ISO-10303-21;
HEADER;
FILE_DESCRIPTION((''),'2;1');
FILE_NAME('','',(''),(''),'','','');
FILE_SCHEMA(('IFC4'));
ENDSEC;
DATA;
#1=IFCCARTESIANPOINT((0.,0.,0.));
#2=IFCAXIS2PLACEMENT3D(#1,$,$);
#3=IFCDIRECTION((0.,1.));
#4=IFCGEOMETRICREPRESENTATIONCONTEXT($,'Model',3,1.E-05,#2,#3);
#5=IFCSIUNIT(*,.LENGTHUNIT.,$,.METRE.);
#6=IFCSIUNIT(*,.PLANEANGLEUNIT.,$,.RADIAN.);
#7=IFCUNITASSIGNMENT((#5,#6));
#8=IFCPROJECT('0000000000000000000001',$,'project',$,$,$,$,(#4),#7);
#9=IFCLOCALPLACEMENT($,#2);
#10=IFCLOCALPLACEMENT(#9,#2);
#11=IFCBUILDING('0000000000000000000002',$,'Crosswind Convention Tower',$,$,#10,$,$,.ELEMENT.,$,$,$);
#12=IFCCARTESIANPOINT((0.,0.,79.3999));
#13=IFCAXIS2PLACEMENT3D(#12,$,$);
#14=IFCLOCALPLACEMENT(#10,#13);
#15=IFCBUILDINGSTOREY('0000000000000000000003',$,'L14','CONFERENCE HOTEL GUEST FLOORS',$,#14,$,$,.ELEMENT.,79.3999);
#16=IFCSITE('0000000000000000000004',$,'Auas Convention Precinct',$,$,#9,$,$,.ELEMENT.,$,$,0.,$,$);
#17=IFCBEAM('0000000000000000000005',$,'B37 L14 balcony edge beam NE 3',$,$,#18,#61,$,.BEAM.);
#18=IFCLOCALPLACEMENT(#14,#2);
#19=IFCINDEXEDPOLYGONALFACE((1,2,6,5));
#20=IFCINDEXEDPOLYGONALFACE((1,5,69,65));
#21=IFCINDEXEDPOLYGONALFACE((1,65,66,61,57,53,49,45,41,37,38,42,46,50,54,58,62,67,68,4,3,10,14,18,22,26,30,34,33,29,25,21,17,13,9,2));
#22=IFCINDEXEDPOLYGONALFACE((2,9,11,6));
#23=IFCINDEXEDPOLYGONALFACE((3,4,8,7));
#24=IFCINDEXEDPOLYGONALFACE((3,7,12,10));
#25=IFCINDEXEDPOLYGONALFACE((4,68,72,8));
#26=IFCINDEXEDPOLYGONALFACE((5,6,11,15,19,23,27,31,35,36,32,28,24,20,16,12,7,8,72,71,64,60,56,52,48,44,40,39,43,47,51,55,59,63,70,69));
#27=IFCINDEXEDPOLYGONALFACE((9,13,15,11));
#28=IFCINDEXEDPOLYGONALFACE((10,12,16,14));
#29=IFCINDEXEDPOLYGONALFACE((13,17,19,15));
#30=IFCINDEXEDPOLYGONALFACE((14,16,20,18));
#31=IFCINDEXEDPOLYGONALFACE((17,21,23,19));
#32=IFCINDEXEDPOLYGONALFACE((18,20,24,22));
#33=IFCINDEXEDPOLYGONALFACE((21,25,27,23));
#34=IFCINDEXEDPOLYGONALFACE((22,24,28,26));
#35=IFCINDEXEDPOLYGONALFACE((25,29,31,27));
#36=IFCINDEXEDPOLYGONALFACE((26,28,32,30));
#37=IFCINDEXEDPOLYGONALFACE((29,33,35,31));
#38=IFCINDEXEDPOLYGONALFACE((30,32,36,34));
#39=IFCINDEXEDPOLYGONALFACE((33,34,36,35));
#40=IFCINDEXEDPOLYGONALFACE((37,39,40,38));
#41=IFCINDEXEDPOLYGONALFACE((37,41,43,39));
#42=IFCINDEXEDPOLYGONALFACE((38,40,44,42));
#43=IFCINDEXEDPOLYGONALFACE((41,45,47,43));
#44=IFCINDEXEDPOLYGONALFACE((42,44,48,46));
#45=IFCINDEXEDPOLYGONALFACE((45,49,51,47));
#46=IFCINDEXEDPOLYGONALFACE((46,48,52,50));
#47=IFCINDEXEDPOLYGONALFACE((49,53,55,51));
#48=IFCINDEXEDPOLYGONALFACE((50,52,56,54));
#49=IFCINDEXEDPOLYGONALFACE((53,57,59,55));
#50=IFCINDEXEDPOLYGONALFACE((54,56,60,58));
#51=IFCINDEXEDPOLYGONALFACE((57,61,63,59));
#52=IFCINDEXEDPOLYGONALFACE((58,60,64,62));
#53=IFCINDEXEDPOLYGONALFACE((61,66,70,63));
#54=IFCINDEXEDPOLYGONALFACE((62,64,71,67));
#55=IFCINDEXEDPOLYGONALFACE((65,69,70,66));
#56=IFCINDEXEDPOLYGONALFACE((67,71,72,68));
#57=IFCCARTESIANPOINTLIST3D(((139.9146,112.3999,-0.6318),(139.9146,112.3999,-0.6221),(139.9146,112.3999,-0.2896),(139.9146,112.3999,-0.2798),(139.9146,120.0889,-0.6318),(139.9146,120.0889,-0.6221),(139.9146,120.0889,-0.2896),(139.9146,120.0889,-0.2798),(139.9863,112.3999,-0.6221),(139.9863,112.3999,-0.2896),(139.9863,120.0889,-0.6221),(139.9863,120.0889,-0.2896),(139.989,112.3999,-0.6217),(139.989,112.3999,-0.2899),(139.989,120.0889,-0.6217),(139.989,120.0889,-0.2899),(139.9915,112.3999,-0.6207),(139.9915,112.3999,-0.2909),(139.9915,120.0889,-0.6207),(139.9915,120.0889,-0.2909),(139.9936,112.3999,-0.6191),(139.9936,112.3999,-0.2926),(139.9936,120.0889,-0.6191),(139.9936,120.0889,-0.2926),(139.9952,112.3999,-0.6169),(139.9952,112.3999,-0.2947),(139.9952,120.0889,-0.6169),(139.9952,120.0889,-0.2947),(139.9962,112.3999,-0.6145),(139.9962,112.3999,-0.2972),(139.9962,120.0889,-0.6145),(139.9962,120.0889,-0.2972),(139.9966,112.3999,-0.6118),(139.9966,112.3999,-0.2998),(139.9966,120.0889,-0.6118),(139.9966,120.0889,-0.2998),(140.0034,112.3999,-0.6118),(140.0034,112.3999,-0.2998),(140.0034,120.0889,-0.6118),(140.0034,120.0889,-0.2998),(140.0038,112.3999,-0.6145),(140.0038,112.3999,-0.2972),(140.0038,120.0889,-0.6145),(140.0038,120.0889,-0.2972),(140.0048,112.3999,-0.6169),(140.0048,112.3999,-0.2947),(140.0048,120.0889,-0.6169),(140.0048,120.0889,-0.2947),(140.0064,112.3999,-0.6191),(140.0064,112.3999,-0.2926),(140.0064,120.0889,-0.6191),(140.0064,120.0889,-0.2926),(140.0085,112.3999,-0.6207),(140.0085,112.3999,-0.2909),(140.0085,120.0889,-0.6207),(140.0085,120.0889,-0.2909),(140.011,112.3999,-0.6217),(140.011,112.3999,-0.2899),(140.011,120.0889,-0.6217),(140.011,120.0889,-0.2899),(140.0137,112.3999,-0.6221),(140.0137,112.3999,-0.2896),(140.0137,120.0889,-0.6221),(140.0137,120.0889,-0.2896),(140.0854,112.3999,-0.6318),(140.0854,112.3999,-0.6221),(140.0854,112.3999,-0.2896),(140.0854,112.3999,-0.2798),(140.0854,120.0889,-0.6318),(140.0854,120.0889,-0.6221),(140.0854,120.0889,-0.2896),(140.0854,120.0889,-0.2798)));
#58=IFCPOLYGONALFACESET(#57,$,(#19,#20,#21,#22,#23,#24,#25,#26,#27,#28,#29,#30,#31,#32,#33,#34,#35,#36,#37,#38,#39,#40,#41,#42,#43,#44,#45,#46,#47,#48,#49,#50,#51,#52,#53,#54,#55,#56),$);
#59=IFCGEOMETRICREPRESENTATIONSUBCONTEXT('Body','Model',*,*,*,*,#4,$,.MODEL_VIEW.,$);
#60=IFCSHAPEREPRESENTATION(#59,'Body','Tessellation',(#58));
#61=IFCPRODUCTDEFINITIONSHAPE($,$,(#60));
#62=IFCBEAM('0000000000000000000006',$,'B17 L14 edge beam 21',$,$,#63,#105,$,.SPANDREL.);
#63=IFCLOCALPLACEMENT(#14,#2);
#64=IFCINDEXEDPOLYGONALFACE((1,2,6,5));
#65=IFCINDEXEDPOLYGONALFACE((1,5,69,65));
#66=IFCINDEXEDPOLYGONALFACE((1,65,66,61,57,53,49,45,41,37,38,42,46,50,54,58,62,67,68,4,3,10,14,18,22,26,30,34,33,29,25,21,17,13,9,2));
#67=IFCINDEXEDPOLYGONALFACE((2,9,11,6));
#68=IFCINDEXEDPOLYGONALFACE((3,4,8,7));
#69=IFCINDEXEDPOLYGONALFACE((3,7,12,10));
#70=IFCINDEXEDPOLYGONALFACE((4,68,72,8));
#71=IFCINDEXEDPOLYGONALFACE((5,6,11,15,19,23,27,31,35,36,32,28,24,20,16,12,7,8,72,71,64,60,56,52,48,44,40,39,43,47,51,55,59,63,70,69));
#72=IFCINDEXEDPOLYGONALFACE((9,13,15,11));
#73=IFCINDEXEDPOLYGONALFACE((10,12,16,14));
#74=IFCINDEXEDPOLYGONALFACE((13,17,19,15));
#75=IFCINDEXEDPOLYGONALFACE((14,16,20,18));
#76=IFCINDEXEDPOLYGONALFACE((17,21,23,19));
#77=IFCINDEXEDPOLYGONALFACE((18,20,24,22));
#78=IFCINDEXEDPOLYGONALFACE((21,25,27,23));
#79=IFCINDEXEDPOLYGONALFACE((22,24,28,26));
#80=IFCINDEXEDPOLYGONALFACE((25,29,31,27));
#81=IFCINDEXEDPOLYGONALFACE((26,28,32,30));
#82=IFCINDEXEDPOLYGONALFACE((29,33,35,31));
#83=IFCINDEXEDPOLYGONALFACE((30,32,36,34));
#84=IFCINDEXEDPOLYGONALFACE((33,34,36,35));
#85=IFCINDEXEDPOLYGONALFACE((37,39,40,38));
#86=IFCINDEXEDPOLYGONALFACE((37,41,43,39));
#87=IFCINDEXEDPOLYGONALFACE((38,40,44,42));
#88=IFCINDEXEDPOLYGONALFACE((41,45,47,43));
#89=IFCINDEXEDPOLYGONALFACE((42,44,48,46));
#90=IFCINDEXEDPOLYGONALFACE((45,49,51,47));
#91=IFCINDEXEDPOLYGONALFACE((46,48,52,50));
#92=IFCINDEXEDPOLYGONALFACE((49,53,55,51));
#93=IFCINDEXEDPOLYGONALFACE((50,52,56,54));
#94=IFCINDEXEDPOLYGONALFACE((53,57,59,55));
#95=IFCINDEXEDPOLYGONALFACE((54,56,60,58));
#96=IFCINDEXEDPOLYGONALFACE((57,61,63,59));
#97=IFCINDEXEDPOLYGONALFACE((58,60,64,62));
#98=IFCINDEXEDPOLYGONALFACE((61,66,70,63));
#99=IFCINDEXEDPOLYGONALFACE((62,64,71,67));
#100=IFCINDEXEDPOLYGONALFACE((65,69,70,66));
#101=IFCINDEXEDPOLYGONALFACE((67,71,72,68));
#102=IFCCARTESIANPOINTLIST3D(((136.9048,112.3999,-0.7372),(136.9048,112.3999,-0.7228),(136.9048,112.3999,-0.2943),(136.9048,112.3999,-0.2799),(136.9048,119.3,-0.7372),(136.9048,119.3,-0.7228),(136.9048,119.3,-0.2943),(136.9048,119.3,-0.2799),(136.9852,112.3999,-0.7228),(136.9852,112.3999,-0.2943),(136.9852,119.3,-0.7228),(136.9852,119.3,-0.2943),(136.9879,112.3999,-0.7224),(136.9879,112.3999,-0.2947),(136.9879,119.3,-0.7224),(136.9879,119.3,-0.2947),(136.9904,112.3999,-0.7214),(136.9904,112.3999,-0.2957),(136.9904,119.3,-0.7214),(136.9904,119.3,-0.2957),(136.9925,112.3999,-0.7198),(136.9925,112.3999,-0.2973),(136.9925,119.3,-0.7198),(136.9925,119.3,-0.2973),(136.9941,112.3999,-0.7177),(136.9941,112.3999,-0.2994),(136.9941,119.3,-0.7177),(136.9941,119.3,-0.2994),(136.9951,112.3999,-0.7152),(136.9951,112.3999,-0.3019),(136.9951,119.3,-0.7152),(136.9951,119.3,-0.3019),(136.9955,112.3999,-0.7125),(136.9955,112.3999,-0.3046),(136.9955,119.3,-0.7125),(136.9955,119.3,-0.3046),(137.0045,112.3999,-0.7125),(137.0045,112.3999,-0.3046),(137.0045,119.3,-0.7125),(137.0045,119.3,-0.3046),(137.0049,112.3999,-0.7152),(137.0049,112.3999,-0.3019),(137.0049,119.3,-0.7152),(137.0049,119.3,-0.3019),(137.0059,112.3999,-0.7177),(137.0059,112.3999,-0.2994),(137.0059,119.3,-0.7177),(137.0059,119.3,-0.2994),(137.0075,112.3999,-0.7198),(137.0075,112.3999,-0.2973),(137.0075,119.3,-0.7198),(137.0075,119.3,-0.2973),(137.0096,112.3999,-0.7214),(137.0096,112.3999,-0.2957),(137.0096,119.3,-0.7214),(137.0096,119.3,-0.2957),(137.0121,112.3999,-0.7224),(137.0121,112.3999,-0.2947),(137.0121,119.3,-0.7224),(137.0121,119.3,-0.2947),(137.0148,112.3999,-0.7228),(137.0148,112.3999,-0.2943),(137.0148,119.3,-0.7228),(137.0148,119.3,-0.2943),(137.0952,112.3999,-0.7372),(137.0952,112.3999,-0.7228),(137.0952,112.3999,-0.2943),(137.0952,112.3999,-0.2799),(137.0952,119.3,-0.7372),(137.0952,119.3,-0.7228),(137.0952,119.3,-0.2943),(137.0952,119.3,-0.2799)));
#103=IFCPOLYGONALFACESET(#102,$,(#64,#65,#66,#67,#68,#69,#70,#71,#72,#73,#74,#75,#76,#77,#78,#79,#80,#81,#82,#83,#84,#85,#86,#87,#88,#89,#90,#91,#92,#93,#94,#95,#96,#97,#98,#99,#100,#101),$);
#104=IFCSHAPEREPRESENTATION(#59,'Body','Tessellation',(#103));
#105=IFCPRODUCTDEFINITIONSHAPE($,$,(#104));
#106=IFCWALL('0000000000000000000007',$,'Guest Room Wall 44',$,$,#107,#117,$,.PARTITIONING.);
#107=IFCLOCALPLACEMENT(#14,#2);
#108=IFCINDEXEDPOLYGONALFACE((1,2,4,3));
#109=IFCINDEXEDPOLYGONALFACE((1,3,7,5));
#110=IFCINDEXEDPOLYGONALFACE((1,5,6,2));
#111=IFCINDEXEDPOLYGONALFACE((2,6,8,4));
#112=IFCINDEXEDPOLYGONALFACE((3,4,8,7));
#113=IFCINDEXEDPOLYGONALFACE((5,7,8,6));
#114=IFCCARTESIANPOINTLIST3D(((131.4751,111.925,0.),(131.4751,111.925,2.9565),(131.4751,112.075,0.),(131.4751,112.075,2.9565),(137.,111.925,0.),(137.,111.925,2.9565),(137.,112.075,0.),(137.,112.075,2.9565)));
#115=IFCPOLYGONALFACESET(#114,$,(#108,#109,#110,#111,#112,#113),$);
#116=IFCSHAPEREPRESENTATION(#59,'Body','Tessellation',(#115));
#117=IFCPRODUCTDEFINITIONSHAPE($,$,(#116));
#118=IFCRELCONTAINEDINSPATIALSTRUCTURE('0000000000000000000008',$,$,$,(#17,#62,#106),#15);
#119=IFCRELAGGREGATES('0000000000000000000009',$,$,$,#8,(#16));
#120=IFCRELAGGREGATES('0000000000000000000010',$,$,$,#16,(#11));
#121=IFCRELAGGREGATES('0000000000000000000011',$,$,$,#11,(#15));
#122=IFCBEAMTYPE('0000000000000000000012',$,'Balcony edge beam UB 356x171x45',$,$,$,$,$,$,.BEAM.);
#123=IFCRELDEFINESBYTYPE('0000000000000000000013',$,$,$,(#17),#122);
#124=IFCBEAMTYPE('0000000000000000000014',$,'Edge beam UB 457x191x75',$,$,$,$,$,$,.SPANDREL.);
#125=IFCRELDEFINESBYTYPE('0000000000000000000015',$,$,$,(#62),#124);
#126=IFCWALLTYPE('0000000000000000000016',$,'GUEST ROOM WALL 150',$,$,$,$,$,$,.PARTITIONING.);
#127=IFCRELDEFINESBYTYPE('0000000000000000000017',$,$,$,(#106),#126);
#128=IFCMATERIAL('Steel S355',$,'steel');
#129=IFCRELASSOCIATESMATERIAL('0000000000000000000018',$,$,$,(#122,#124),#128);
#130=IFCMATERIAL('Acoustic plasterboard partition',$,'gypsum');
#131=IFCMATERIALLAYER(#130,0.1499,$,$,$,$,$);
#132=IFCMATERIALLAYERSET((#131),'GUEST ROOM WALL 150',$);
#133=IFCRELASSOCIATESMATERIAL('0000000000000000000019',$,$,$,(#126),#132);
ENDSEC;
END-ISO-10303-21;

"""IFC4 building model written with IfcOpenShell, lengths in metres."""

from ifc_helpers import new_model, si_unit, direction, frame, frame_2d, origin, origin_2d, place, context, subcontext, project, spatial, rectangle, i_section, extrude, material, layer, layer_set, material_profile, profile_set, type_object, element, save


model = new_model("IFC4")

# Units and contexts
model_context = context("Model", 3, precision=1e-05, world=origin(), true_north=direction((0.0, 1.0)))
body_context = subcontext(model_context, "Body", "Model", "MODEL_VIEW")
ifc_project = project(units=[si_unit("LENGTHUNIT", "METRE"), si_unit("PLANEANGLEUNIT", "RADIAN")], contexts=[model_context])

# Site, building, storey
site_placement = place(None, origin())
site = spatial("IfcSite", under=ifc_project, at=site_placement, Name="Auas Convention Precinct", CompositionType="ELEMENT", RefElevation=0.0)
building_placement = place(site_placement, origin())
building = spatial("IfcBuilding", under=site, at=building_placement, Name="Crosswind Convention Tower", CompositionType="ELEMENT")
storey_placement = place(building_placement, frame((0.0, 0.0, 79.3999)))
storey = spatial("IfcBuildingStorey", under=building, at=storey_placement, Name="L14", Description="CONFERENCE HOTEL GUEST FLOORS", CompositionType="ELEMENT", Elevation=79.3999)

# Beams
ifc_material_1 = material(Name="Steel S355", Category="steel")
ifc_material_profile_1 = material_profile(ifc_material_1, i_section(OverallWidth=0.1709, OverallDepth=0.3521, WebThickness=0.0068, FlangeThickness=0.0098, FilletRadius=0.0103, at=origin_2d()), Name="UB 356x171x45")
ifc_profile_set_1 = profile_set([ifc_material_profile_1], Name="Steel S355")
beam_type_1 = type_object("IfcBeamType", Name="Balcony edge beam UB 356x171x45", PredefinedType="BEAM", material=ifc_profile_set_1)
beam_1_placement = place(storey_placement, frame((140.0, 112.3999, -0.4558), z_axis=(0.0, 1.0, 0.0), x_axis=(-1.0, 0.0, 0.0)))
element("IfcBeam", 1, at=beam_1_placement, inside=storey, type_object=beam_type_1, Name="B37 L14 balcony edge beam NE 3", PredefinedType="BEAM", context=body_context, shape_type="SweptSolid", body=[
    extrude(i_section(OverallWidth=0.1709, OverallDepth=0.3521, WebThickness=0.0068, FlangeThickness=0.0098, FilletRadius=0.0103, at=origin_2d()), origin(), (0.0, 0.0, 1.0), 7.689),
])
ifc_material_profile_2 = material_profile(ifc_material_1, i_section(OverallWidth=0.1904, OverallDepth=0.4573, WebThickness=0.009, FlangeThickness=0.0144, FilletRadius=0.0103, at=origin_2d()), Name="UB 457x191x75")
ifc_profile_set_2 = profile_set([ifc_material_profile_2], Name="Steel S355")
beam_type_2 = type_object("IfcBeamType", Name="Edge beam UB 457x191x75", PredefinedType="SPANDREL", material=ifc_profile_set_2)
beam_2_placement = place(storey_placement, frame((137.0, 112.3999, -0.5085), z_axis=(0.0, 1.0, 0.0), x_axis=(-1.0, 0.0, 0.0)))
element("IfcBeam", 2, at=beam_2_placement, inside=storey, type_object=beam_type_2, Name="B17 L14 edge beam 21", PredefinedType="SPANDREL", context=body_context, shape_type="SweptSolid", body=[
    extrude(i_section(OverallWidth=0.1904, OverallDepth=0.4573, WebThickness=0.009, FlangeThickness=0.0144, FilletRadius=0.0103, at=origin_2d()), origin(), (0.0, 0.0, 1.0), 6.9001),
])

# Wall
ifc_material_2 = material(Name="Acoustic plasterboard partition", Category="gypsum")
ifc_layer_1 = layer(ifc_material_2, 0.1499)
ifc_layer_set_1 = layer_set([ifc_layer_1], Name="GUEST ROOM WALL 150")
wall_type_1 = type_object("IfcWallType", Name="GUEST ROOM WALL 150", PredefinedType="PARTITIONING", material=ifc_layer_set_1)
wall_1_placement = place(storey_placement, frame((131.4751, 112.0, 0.0), z_axis=(0.0, 0.0, 1.0), x_axis=(1.0, 0.0, 0.0)))
element("IfcWall", 3, at=wall_1_placement, inside=storey, type_object=wall_type_1, Name="Guest Room Wall 44", PredefinedType="PARTITIONING", context=body_context, shape_type="SweptSolid", body=[
    extrude(rectangle(XDim=5.5249, YDim=0.1499, at=frame_2d((2.7625, 0.0))), origin(), (0.0, 0.0, 1.0), 2.9565),
])

save(model, "model.ifc")
